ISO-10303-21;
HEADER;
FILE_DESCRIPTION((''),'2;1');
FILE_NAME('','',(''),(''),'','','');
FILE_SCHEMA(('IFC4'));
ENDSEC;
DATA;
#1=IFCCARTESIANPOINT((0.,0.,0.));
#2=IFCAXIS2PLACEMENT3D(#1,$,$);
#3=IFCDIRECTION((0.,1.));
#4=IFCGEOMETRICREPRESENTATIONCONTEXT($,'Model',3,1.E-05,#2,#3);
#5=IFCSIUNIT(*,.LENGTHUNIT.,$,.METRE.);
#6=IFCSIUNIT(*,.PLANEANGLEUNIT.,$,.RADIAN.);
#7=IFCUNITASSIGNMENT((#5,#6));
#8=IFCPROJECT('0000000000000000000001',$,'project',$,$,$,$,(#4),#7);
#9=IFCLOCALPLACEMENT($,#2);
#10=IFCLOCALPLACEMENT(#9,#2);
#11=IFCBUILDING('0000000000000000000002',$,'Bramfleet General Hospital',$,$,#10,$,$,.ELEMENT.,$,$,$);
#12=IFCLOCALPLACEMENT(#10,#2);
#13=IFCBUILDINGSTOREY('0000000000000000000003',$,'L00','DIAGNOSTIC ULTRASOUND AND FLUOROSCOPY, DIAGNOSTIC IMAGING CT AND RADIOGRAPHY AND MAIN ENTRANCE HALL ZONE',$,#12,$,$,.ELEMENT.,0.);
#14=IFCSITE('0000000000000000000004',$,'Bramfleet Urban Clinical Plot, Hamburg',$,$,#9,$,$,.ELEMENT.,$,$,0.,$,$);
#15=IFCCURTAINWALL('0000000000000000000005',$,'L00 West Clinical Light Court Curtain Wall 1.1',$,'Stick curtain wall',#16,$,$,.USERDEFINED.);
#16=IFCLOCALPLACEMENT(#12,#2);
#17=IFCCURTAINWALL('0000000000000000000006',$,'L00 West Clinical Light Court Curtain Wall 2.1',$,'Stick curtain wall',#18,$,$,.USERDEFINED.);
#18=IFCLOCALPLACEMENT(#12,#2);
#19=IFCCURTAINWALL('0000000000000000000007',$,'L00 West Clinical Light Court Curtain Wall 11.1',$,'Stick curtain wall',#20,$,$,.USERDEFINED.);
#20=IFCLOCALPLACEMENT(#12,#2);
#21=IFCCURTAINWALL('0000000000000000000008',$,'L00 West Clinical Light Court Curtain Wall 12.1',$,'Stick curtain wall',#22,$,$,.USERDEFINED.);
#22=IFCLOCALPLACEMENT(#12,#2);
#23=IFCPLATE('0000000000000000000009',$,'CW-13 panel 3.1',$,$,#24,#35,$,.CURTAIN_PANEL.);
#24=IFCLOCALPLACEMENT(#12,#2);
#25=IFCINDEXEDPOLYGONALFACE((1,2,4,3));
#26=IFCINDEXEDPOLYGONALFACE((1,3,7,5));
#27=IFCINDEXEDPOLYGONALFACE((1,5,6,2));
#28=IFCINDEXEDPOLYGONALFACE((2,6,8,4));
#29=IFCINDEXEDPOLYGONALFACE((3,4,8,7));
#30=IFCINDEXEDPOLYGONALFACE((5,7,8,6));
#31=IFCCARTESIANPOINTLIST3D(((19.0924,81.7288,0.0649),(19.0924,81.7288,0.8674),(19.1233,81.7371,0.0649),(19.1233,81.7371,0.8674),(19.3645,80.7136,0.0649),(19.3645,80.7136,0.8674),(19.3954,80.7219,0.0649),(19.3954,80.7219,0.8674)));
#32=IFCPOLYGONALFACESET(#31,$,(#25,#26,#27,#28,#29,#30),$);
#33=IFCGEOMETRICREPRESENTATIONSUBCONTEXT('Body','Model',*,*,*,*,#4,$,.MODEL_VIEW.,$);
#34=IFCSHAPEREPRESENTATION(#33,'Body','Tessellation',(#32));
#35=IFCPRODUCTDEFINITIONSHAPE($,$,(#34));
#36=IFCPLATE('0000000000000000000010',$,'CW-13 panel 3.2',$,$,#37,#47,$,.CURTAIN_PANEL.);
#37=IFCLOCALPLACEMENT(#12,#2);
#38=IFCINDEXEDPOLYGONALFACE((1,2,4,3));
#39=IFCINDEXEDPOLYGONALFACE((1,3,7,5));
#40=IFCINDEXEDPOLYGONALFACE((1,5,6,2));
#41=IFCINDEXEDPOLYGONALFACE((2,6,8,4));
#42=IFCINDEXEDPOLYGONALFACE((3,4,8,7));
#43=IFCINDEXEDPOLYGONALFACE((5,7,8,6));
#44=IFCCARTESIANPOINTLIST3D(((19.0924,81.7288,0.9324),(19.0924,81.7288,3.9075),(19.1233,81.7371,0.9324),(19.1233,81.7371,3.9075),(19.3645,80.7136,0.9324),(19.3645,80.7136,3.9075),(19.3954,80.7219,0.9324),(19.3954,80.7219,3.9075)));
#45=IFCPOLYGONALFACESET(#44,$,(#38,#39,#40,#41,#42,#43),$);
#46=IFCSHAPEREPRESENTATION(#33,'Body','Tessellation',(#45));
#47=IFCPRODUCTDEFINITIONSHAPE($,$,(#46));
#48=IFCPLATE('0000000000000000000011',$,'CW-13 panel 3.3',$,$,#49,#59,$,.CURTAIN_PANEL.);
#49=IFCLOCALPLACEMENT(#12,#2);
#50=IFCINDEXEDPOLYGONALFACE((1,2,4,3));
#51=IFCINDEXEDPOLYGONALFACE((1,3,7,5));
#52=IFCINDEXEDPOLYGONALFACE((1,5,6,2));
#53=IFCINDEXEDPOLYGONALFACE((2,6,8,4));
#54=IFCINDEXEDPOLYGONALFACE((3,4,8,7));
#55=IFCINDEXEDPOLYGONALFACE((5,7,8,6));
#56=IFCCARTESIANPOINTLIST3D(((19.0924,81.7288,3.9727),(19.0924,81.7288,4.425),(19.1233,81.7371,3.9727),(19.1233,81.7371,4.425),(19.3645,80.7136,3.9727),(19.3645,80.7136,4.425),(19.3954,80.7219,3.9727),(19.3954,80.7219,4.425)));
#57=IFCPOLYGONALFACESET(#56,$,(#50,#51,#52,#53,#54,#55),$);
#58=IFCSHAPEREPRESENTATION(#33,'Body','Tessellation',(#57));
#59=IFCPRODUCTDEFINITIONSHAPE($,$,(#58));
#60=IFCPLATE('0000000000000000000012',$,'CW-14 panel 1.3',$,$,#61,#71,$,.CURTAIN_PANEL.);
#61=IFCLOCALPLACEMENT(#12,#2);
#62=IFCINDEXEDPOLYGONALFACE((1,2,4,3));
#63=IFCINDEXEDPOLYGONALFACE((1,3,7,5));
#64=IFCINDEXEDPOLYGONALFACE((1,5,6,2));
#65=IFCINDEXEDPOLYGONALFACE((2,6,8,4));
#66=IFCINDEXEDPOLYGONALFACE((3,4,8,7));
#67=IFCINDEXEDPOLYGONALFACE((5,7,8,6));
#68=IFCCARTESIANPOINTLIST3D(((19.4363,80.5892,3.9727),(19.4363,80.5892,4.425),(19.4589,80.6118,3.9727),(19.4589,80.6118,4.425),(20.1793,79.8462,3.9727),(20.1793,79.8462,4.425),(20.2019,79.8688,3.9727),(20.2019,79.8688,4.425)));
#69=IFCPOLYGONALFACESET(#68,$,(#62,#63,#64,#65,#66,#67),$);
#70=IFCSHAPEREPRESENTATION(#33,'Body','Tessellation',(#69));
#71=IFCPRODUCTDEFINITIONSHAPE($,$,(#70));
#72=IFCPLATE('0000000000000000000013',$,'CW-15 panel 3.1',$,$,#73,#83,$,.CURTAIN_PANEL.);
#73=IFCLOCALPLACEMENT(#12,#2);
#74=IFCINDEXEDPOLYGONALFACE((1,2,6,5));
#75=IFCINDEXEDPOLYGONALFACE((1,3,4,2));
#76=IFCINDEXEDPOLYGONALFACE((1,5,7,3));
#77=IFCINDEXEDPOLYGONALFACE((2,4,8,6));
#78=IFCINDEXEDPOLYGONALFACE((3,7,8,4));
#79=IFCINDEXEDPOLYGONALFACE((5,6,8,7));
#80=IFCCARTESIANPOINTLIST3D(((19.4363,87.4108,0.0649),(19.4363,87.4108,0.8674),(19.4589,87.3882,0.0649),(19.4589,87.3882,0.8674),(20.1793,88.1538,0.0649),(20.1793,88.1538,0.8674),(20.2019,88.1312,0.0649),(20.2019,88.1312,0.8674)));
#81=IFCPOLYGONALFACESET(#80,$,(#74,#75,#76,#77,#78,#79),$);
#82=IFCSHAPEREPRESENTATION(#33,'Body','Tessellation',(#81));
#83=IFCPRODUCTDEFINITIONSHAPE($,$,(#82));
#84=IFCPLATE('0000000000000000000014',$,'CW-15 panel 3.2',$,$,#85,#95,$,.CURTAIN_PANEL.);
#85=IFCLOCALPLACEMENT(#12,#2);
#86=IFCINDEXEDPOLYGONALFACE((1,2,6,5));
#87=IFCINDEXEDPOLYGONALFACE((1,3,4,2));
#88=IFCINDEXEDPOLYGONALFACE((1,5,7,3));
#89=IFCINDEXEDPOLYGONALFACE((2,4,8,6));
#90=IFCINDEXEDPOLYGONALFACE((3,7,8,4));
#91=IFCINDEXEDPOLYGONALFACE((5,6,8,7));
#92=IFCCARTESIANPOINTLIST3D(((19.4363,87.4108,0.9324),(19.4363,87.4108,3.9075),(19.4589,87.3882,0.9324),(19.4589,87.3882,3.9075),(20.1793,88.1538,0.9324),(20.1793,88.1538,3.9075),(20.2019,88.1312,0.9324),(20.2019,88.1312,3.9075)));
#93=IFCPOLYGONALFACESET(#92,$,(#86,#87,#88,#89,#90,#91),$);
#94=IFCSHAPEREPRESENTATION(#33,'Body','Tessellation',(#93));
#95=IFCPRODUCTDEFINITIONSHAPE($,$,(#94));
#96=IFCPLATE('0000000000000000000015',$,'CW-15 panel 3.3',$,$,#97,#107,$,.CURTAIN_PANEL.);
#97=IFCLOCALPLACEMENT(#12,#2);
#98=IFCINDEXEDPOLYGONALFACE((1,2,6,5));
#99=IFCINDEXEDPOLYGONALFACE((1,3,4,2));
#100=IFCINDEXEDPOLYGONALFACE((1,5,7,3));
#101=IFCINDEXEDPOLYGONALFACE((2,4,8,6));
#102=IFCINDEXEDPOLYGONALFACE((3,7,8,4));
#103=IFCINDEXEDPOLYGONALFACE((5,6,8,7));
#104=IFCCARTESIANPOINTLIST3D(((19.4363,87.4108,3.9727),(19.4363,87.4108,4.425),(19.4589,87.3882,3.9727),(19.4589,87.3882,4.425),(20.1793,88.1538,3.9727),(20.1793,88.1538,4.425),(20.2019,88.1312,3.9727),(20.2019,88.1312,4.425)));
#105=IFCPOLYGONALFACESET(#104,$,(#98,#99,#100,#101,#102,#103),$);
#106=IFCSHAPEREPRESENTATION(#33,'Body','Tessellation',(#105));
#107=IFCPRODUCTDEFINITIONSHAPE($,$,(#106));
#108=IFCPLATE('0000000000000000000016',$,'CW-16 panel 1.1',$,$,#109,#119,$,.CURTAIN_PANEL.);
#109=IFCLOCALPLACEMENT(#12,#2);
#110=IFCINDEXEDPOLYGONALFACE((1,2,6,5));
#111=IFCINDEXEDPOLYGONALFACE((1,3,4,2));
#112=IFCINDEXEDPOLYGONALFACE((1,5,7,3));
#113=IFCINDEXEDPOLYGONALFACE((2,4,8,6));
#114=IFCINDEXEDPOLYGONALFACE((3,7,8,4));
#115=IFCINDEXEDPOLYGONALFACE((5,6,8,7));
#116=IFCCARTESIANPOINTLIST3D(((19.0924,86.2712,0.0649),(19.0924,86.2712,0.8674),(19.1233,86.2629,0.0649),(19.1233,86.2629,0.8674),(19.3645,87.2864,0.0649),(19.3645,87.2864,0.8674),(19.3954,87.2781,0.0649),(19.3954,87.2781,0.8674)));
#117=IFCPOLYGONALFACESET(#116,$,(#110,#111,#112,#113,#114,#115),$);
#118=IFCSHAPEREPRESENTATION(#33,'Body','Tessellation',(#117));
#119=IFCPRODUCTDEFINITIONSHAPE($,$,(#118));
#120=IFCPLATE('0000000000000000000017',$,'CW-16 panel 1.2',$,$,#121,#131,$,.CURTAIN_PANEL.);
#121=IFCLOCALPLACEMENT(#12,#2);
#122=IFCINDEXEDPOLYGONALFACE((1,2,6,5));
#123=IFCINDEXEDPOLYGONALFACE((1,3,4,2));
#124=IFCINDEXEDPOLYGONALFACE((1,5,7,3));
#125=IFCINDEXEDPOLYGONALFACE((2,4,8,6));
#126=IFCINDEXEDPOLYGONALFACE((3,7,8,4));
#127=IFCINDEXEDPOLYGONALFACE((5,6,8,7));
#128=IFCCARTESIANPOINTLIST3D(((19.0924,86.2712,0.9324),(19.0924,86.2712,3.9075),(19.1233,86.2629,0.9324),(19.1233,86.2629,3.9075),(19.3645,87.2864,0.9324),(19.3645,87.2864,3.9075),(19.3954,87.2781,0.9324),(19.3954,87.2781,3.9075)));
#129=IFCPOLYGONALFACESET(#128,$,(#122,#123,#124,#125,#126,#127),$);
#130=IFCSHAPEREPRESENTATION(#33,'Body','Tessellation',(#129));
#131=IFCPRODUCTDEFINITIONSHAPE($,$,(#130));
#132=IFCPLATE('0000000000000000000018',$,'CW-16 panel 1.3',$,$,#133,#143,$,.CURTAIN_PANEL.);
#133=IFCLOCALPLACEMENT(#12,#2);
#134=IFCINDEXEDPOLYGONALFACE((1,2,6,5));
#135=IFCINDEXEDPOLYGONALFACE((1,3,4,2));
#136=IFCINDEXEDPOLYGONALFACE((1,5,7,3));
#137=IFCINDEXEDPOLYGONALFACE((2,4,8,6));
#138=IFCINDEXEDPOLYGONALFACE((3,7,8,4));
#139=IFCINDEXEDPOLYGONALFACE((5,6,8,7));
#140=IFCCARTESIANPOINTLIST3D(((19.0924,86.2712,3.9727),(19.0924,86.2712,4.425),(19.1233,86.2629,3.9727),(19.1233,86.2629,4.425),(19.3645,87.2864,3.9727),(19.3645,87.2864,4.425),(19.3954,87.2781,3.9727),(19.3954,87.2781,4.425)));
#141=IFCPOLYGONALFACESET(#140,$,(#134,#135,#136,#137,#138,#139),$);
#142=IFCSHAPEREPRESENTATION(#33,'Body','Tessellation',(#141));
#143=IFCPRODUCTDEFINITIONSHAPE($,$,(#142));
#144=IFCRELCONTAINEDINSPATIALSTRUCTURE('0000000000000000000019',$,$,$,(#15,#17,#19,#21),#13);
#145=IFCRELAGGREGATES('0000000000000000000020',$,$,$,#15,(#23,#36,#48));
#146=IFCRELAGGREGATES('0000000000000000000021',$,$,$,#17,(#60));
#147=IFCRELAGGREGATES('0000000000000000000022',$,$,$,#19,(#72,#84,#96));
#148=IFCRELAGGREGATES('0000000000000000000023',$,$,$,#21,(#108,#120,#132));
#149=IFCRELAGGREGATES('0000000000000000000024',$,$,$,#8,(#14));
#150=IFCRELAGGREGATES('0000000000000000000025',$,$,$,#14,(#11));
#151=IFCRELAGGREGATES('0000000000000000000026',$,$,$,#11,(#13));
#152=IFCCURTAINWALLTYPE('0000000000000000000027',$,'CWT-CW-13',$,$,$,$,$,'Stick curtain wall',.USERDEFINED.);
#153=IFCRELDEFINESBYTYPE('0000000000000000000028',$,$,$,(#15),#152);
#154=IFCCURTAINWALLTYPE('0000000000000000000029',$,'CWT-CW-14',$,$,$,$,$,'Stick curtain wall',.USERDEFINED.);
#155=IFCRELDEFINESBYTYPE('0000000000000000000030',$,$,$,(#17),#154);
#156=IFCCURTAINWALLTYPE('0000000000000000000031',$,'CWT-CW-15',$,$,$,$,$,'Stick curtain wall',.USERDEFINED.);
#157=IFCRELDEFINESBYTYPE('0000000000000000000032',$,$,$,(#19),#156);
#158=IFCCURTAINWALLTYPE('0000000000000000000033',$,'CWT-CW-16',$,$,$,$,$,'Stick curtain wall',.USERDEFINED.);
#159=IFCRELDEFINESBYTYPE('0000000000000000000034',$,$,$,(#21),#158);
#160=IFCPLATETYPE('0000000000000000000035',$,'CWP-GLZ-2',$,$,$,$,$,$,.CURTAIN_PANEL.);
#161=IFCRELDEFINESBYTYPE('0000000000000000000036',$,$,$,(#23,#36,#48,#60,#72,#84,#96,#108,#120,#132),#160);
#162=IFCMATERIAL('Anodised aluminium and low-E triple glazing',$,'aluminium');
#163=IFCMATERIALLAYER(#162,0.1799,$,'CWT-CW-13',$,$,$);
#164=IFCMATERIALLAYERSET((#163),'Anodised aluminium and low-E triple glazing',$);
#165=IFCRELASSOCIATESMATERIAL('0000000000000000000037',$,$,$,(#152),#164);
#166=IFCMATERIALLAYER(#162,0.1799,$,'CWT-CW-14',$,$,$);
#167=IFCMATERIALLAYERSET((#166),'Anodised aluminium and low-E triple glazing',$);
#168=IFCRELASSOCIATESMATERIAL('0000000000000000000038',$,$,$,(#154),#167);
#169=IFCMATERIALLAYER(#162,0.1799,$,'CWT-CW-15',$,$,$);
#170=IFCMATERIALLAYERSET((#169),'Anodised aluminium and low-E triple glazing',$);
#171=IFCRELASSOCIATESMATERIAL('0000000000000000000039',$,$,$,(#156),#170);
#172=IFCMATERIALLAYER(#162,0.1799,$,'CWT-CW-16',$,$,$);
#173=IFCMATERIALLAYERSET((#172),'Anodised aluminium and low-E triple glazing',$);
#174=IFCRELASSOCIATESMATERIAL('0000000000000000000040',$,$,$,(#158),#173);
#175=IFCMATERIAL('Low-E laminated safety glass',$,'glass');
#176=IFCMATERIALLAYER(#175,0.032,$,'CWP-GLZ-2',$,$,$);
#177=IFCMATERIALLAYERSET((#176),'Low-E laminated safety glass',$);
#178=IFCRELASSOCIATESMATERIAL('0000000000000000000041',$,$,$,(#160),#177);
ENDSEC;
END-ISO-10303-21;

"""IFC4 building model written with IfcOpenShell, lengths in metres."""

from ifc_helpers import new_model, si_unit, direction, frame, origin, origin_2d, place, context, subcontext, project, spatial, rectangle, extrude, material, layer, layer_set, type_object, element, aggregate, save


model = new_model("IFC4")

# Units and contexts
model_context = context("Model", 3, precision=1e-05, world=origin(), true_north=direction((0.0, 1.0)))
body_context = subcontext(model_context, "Body", "Model", "MODEL_VIEW")
ifc_project = project(units=[si_unit("LENGTHUNIT", "METRE"), si_unit("PLANEANGLEUNIT", "RADIAN")], contexts=[model_context])

# Site, building, storey
site_placement = place(None, origin())
site = spatial("IfcSite", under=ifc_project, at=site_placement, Name="Bramfleet Urban Clinical Plot, Hamburg", CompositionType="ELEMENT", RefElevation=0.0)
building_placement = place(site_placement, origin())
building = spatial("IfcBuilding", under=site, at=building_placement, Name="Bramfleet General Hospital", CompositionType="ELEMENT")
storey_placement = place(building_placement, origin())
storey = spatial("IfcBuildingStorey", under=building, at=storey_placement, Name="L00", Description="DIAGNOSTIC ULTRASOUND AND FLUOROSCOPY, DIAGNOSTIC IMAGING CT AND RADIOGRAPHY AND MAIN ENTRANCE HALL ZONE", CompositionType="ELEMENT", Elevation=0.0)

# Curtain wall
ifc_material_1 = material(Name="Anodised aluminium and low-E triple glazing", Category="aluminium")
ifc_layer_1 = layer(ifc_material_1, 0.1799, Name="CWT-CW-13")
ifc_layer_set_1 = layer_set([ifc_layer_1], Name="Anodised aluminium and low-E triple glazing")
curtain_wall_type_1 = type_object("IfcCurtainWallType", Name="CWT-CW-13", ElementType="Stick curtain wall", PredefinedType="USERDEFINED", material=ifc_layer_set_1)
curtain_wall_1_placement = place(storey_placement, origin())
curtain_wall_1 = element("IfcCurtainWall", 1, at=curtain_wall_1_placement, inside=storey, type_object=curtain_wall_type_1, Name="L00 West Clinical Light Court Curtain Wall 1.1", ObjectType="Stick curtain wall", PredefinedType="USERDEFINED")

# Curtain walls
ifc_layer_2 = layer(ifc_material_1, 0.1799, Name="CWT-CW-14")
ifc_layer_set_2 = layer_set([ifc_layer_2], Name="Anodised aluminium and low-E triple glazing")
curtain_wall_type_2 = type_object("IfcCurtainWallType", Name="CWT-CW-14", ElementType="Stick curtain wall", PredefinedType="USERDEFINED", material=ifc_layer_set_2)
curtain_wall_2_placement = place(storey_placement, origin())
curtain_wall_2 = element("IfcCurtainWall", 2, at=curtain_wall_2_placement, inside=storey, type_object=curtain_wall_type_2, Name="L00 West Clinical Light Court Curtain Wall 2.1", ObjectType="Stick curtain wall", PredefinedType="USERDEFINED")
ifc_layer_3 = layer(ifc_material_1, 0.1799, Name="CWT-CW-15")
ifc_layer_set_3 = layer_set([ifc_layer_3], Name="Anodised aluminium and low-E triple glazing")
curtain_wall_type_3 = type_object("IfcCurtainWallType", Name="CWT-CW-15", ElementType="Stick curtain wall", PredefinedType="USERDEFINED", material=ifc_layer_set_3)
curtain_wall_3_placement = place(storey_placement, origin())
curtain_wall_3 = element("IfcCurtainWall", 3, at=curtain_wall_3_placement, inside=storey, type_object=curtain_wall_type_3, Name="L00 West Clinical Light Court Curtain Wall 11.1", ObjectType="Stick curtain wall", PredefinedType="USERDEFINED")

# Curtain wall
ifc_layer_4 = layer(ifc_material_1, 0.1799, Name="CWT-CW-16")
ifc_layer_set_4 = layer_set([ifc_layer_4], Name="Anodised aluminium and low-E triple glazing")
curtain_wall_type_4 = type_object("IfcCurtainWallType", Name="CWT-CW-16", ElementType="Stick curtain wall", PredefinedType="USERDEFINED", material=ifc_layer_set_4)
curtain_wall_4_placement = place(storey_placement, origin())
curtain_wall_4 = element("IfcCurtainWall", 4, at=curtain_wall_4_placement, inside=storey, type_object=curtain_wall_type_4, Name="L00 West Clinical Light Court Curtain Wall 12.1", ObjectType="Stick curtain wall", PredefinedType="USERDEFINED")

# Plates
ifc_material_2 = material(Name="Low-E laminated safety glass", Category="glass")
ifc_layer_5 = layer(ifc_material_2, 0.032, Name="CWP-GLZ-2")
ifc_layer_set_5 = layer_set([ifc_layer_5], Name="Low-E laminated safety glass")
plate_type = type_object("IfcPlateType", Name="CWP-GLZ-2", PredefinedType="CURTAIN_PANEL", material=ifc_layer_set_5)
plate_1_placement = place(storey_placement, frame((19.2439, 81.2253, 0.0649), z_axis=(0.0, 0.0, 1.0), x_axis=(0.258919, -0.965899, 0.0)))
plate_1 = element("IfcPlate", 5, at=plate_1_placement, type_object=plate_type, Name="CW-13 panel 3.1", PredefinedType="CURTAIN_PANEL", context=body_context, shape_type="SweptSolid", body=[
    extrude(rectangle(XDim=1.051, YDim=0.032, at=origin_2d()), origin(), (0.0, 0.0, 1.0), 0.8025),
])
plate_2_placement = place(storey_placement, frame((19.2439, 81.2253, 0.9324), z_axis=(0.0, 0.0, 1.0), x_axis=(0.258919, -0.965899, 0.0)))
plate_2 = element("IfcPlate", 6, at=plate_2_placement, type_object=plate_type, Name="CW-13 panel 3.2", PredefinedType="CURTAIN_PANEL", context=body_context, shape_type="SweptSolid", body=[
    extrude(rectangle(XDim=1.051, YDim=0.032, at=origin_2d()), origin(), (0.0, 0.0, 1.0), 2.9751),
])
plate_3_placement = place(storey_placement, frame((19.2439, 81.2253, 3.9727), z_axis=(0.0, 0.0, 1.0), x_axis=(0.258919, -0.965899, 0.0)))
plate_3 = element("IfcPlate", 7, at=plate_3_placement, type_object=plate_type, Name="CW-13 panel 3.3", PredefinedType="CURTAIN_PANEL", context=body_context, shape_type="SweptSolid", body=[
    extrude(rectangle(XDim=1.051, YDim=0.032, at=origin_2d()), origin(), (0.0, 0.0, 1.0), 0.4524),
])
aggregate(curtain_wall_1, [plate_1, plate_2, plate_3])
plate_4_placement = place(storey_placement, frame((19.8191, 80.229, 3.9727), z_axis=(0.0, 0.0, 1.0), x_axis=(0.707107, -0.707107, 0.0)))
plate_4 = element("IfcPlate", 8, at=plate_4_placement, type_object=plate_type, Name="CW-14 panel 1.3", PredefinedType="CURTAIN_PANEL", context=body_context, shape_type="SweptSolid", body=[
    extrude(rectangle(XDim=1.0508, YDim=0.032, at=origin_2d()), origin(), (0.0, 0.0, 1.0), 0.4524),
])
aggregate(curtain_wall_2, [plate_4])
plate_5_placement = place(storey_placement, frame((19.8191, 87.771, 0.0649), z_axis=(0.0, 0.0, 1.0), x_axis=(-0.707107, -0.707107, 0.0)))
plate_5 = element("IfcPlate", 9, at=plate_5_placement, type_object=plate_type, Name="CW-15 panel 3.1", PredefinedType="CURTAIN_PANEL", context=body_context, shape_type="SweptSolid", body=[
    extrude(rectangle(XDim=1.0508, YDim=0.032, at=origin_2d()), origin(), (0.0, 0.0, 1.0), 0.8025),
])
plate_6_placement = place(storey_placement, frame((19.8191, 87.771, 0.9324), z_axis=(0.0, 0.0, 1.0), x_axis=(-0.707107, -0.707107, 0.0)))
plate_6 = element("IfcPlate", 10, at=plate_6_placement, type_object=plate_type, Name="CW-15 panel 3.2", PredefinedType="CURTAIN_PANEL", context=body_context, shape_type="SweptSolid", body=[
    extrude(rectangle(XDim=1.0508, YDim=0.032, at=origin_2d()), origin(), (0.0, 0.0, 1.0), 2.9751),
])
plate_7_placement = place(storey_placement, frame((19.8191, 87.771, 3.9727), z_axis=(0.0, 0.0, 1.0), x_axis=(-0.707107, -0.707107, 0.0)))
plate_7 = element("IfcPlate", 11, at=plate_7_placement, type_object=plate_type, Name="CW-15 panel 3.3", PredefinedType="CURTAIN_PANEL", context=body_context, shape_type="SweptSolid", body=[
    extrude(rectangle(XDim=1.0508, YDim=0.032, at=origin_2d()), origin(), (0.0, 0.0, 1.0), 0.4524),
])
aggregate(curtain_wall_3, [plate_5, plate_6, plate_7])
plate_8_placement = place(storey_placement, frame((19.2439, 86.7747, 0.0649), z_axis=(0.0, 0.0, 1.0), x_axis=(-0.258919, -0.965899, 0.0)))
plate_8 = element("IfcPlate", 12, at=plate_8_placement, type_object=plate_type, Name="CW-16 panel 1.1", PredefinedType="CURTAIN_PANEL", context=body_context, shape_type="SweptSolid", body=[
    extrude(rectangle(XDim=1.051, YDim=0.032, at=origin_2d()), origin(), (0.0, 0.0, 1.0), 0.8025),
])
plate_9_placement = place(storey_placement, frame((19.2439, 86.7747, 0.9324), z_axis=(0.0, 0.0, 1.0), x_axis=(-0.258919, -0.965899, 0.0)))
plate_9 = element("IfcPlate", 13, at=plate_9_placement, type_object=plate_type, Name="CW-16 panel 1.2", PredefinedType="CURTAIN_PANEL", context=body_context, shape_type="SweptSolid", body=[
    extrude(rectangle(XDim=1.051, YDim=0.032, at=origin_2d()), origin(), (0.0, 0.0, 1.0), 2.9751),
])
plate_10_placement = place(storey_placement, frame((19.2439, 86.7747, 3.9727), z_axis=(0.0, 0.0, 1.0), x_axis=(-0.258919, -0.965899, 0.0)))
plate_10 = element("IfcPlate", 14, at=plate_10_placement, type_object=plate_type, Name="CW-16 panel 1.3", PredefinedType="CURTAIN_PANEL", context=body_context, shape_type="SweptSolid", body=[
    extrude(rectangle(XDim=1.051, YDim=0.032, at=origin_2d()), origin(), (0.0, 0.0, 1.0), 0.4524),
])
aggregate(curtain_wall_4, [plate_8, plate_9, plate_10])

save(model, "model.ifc")
